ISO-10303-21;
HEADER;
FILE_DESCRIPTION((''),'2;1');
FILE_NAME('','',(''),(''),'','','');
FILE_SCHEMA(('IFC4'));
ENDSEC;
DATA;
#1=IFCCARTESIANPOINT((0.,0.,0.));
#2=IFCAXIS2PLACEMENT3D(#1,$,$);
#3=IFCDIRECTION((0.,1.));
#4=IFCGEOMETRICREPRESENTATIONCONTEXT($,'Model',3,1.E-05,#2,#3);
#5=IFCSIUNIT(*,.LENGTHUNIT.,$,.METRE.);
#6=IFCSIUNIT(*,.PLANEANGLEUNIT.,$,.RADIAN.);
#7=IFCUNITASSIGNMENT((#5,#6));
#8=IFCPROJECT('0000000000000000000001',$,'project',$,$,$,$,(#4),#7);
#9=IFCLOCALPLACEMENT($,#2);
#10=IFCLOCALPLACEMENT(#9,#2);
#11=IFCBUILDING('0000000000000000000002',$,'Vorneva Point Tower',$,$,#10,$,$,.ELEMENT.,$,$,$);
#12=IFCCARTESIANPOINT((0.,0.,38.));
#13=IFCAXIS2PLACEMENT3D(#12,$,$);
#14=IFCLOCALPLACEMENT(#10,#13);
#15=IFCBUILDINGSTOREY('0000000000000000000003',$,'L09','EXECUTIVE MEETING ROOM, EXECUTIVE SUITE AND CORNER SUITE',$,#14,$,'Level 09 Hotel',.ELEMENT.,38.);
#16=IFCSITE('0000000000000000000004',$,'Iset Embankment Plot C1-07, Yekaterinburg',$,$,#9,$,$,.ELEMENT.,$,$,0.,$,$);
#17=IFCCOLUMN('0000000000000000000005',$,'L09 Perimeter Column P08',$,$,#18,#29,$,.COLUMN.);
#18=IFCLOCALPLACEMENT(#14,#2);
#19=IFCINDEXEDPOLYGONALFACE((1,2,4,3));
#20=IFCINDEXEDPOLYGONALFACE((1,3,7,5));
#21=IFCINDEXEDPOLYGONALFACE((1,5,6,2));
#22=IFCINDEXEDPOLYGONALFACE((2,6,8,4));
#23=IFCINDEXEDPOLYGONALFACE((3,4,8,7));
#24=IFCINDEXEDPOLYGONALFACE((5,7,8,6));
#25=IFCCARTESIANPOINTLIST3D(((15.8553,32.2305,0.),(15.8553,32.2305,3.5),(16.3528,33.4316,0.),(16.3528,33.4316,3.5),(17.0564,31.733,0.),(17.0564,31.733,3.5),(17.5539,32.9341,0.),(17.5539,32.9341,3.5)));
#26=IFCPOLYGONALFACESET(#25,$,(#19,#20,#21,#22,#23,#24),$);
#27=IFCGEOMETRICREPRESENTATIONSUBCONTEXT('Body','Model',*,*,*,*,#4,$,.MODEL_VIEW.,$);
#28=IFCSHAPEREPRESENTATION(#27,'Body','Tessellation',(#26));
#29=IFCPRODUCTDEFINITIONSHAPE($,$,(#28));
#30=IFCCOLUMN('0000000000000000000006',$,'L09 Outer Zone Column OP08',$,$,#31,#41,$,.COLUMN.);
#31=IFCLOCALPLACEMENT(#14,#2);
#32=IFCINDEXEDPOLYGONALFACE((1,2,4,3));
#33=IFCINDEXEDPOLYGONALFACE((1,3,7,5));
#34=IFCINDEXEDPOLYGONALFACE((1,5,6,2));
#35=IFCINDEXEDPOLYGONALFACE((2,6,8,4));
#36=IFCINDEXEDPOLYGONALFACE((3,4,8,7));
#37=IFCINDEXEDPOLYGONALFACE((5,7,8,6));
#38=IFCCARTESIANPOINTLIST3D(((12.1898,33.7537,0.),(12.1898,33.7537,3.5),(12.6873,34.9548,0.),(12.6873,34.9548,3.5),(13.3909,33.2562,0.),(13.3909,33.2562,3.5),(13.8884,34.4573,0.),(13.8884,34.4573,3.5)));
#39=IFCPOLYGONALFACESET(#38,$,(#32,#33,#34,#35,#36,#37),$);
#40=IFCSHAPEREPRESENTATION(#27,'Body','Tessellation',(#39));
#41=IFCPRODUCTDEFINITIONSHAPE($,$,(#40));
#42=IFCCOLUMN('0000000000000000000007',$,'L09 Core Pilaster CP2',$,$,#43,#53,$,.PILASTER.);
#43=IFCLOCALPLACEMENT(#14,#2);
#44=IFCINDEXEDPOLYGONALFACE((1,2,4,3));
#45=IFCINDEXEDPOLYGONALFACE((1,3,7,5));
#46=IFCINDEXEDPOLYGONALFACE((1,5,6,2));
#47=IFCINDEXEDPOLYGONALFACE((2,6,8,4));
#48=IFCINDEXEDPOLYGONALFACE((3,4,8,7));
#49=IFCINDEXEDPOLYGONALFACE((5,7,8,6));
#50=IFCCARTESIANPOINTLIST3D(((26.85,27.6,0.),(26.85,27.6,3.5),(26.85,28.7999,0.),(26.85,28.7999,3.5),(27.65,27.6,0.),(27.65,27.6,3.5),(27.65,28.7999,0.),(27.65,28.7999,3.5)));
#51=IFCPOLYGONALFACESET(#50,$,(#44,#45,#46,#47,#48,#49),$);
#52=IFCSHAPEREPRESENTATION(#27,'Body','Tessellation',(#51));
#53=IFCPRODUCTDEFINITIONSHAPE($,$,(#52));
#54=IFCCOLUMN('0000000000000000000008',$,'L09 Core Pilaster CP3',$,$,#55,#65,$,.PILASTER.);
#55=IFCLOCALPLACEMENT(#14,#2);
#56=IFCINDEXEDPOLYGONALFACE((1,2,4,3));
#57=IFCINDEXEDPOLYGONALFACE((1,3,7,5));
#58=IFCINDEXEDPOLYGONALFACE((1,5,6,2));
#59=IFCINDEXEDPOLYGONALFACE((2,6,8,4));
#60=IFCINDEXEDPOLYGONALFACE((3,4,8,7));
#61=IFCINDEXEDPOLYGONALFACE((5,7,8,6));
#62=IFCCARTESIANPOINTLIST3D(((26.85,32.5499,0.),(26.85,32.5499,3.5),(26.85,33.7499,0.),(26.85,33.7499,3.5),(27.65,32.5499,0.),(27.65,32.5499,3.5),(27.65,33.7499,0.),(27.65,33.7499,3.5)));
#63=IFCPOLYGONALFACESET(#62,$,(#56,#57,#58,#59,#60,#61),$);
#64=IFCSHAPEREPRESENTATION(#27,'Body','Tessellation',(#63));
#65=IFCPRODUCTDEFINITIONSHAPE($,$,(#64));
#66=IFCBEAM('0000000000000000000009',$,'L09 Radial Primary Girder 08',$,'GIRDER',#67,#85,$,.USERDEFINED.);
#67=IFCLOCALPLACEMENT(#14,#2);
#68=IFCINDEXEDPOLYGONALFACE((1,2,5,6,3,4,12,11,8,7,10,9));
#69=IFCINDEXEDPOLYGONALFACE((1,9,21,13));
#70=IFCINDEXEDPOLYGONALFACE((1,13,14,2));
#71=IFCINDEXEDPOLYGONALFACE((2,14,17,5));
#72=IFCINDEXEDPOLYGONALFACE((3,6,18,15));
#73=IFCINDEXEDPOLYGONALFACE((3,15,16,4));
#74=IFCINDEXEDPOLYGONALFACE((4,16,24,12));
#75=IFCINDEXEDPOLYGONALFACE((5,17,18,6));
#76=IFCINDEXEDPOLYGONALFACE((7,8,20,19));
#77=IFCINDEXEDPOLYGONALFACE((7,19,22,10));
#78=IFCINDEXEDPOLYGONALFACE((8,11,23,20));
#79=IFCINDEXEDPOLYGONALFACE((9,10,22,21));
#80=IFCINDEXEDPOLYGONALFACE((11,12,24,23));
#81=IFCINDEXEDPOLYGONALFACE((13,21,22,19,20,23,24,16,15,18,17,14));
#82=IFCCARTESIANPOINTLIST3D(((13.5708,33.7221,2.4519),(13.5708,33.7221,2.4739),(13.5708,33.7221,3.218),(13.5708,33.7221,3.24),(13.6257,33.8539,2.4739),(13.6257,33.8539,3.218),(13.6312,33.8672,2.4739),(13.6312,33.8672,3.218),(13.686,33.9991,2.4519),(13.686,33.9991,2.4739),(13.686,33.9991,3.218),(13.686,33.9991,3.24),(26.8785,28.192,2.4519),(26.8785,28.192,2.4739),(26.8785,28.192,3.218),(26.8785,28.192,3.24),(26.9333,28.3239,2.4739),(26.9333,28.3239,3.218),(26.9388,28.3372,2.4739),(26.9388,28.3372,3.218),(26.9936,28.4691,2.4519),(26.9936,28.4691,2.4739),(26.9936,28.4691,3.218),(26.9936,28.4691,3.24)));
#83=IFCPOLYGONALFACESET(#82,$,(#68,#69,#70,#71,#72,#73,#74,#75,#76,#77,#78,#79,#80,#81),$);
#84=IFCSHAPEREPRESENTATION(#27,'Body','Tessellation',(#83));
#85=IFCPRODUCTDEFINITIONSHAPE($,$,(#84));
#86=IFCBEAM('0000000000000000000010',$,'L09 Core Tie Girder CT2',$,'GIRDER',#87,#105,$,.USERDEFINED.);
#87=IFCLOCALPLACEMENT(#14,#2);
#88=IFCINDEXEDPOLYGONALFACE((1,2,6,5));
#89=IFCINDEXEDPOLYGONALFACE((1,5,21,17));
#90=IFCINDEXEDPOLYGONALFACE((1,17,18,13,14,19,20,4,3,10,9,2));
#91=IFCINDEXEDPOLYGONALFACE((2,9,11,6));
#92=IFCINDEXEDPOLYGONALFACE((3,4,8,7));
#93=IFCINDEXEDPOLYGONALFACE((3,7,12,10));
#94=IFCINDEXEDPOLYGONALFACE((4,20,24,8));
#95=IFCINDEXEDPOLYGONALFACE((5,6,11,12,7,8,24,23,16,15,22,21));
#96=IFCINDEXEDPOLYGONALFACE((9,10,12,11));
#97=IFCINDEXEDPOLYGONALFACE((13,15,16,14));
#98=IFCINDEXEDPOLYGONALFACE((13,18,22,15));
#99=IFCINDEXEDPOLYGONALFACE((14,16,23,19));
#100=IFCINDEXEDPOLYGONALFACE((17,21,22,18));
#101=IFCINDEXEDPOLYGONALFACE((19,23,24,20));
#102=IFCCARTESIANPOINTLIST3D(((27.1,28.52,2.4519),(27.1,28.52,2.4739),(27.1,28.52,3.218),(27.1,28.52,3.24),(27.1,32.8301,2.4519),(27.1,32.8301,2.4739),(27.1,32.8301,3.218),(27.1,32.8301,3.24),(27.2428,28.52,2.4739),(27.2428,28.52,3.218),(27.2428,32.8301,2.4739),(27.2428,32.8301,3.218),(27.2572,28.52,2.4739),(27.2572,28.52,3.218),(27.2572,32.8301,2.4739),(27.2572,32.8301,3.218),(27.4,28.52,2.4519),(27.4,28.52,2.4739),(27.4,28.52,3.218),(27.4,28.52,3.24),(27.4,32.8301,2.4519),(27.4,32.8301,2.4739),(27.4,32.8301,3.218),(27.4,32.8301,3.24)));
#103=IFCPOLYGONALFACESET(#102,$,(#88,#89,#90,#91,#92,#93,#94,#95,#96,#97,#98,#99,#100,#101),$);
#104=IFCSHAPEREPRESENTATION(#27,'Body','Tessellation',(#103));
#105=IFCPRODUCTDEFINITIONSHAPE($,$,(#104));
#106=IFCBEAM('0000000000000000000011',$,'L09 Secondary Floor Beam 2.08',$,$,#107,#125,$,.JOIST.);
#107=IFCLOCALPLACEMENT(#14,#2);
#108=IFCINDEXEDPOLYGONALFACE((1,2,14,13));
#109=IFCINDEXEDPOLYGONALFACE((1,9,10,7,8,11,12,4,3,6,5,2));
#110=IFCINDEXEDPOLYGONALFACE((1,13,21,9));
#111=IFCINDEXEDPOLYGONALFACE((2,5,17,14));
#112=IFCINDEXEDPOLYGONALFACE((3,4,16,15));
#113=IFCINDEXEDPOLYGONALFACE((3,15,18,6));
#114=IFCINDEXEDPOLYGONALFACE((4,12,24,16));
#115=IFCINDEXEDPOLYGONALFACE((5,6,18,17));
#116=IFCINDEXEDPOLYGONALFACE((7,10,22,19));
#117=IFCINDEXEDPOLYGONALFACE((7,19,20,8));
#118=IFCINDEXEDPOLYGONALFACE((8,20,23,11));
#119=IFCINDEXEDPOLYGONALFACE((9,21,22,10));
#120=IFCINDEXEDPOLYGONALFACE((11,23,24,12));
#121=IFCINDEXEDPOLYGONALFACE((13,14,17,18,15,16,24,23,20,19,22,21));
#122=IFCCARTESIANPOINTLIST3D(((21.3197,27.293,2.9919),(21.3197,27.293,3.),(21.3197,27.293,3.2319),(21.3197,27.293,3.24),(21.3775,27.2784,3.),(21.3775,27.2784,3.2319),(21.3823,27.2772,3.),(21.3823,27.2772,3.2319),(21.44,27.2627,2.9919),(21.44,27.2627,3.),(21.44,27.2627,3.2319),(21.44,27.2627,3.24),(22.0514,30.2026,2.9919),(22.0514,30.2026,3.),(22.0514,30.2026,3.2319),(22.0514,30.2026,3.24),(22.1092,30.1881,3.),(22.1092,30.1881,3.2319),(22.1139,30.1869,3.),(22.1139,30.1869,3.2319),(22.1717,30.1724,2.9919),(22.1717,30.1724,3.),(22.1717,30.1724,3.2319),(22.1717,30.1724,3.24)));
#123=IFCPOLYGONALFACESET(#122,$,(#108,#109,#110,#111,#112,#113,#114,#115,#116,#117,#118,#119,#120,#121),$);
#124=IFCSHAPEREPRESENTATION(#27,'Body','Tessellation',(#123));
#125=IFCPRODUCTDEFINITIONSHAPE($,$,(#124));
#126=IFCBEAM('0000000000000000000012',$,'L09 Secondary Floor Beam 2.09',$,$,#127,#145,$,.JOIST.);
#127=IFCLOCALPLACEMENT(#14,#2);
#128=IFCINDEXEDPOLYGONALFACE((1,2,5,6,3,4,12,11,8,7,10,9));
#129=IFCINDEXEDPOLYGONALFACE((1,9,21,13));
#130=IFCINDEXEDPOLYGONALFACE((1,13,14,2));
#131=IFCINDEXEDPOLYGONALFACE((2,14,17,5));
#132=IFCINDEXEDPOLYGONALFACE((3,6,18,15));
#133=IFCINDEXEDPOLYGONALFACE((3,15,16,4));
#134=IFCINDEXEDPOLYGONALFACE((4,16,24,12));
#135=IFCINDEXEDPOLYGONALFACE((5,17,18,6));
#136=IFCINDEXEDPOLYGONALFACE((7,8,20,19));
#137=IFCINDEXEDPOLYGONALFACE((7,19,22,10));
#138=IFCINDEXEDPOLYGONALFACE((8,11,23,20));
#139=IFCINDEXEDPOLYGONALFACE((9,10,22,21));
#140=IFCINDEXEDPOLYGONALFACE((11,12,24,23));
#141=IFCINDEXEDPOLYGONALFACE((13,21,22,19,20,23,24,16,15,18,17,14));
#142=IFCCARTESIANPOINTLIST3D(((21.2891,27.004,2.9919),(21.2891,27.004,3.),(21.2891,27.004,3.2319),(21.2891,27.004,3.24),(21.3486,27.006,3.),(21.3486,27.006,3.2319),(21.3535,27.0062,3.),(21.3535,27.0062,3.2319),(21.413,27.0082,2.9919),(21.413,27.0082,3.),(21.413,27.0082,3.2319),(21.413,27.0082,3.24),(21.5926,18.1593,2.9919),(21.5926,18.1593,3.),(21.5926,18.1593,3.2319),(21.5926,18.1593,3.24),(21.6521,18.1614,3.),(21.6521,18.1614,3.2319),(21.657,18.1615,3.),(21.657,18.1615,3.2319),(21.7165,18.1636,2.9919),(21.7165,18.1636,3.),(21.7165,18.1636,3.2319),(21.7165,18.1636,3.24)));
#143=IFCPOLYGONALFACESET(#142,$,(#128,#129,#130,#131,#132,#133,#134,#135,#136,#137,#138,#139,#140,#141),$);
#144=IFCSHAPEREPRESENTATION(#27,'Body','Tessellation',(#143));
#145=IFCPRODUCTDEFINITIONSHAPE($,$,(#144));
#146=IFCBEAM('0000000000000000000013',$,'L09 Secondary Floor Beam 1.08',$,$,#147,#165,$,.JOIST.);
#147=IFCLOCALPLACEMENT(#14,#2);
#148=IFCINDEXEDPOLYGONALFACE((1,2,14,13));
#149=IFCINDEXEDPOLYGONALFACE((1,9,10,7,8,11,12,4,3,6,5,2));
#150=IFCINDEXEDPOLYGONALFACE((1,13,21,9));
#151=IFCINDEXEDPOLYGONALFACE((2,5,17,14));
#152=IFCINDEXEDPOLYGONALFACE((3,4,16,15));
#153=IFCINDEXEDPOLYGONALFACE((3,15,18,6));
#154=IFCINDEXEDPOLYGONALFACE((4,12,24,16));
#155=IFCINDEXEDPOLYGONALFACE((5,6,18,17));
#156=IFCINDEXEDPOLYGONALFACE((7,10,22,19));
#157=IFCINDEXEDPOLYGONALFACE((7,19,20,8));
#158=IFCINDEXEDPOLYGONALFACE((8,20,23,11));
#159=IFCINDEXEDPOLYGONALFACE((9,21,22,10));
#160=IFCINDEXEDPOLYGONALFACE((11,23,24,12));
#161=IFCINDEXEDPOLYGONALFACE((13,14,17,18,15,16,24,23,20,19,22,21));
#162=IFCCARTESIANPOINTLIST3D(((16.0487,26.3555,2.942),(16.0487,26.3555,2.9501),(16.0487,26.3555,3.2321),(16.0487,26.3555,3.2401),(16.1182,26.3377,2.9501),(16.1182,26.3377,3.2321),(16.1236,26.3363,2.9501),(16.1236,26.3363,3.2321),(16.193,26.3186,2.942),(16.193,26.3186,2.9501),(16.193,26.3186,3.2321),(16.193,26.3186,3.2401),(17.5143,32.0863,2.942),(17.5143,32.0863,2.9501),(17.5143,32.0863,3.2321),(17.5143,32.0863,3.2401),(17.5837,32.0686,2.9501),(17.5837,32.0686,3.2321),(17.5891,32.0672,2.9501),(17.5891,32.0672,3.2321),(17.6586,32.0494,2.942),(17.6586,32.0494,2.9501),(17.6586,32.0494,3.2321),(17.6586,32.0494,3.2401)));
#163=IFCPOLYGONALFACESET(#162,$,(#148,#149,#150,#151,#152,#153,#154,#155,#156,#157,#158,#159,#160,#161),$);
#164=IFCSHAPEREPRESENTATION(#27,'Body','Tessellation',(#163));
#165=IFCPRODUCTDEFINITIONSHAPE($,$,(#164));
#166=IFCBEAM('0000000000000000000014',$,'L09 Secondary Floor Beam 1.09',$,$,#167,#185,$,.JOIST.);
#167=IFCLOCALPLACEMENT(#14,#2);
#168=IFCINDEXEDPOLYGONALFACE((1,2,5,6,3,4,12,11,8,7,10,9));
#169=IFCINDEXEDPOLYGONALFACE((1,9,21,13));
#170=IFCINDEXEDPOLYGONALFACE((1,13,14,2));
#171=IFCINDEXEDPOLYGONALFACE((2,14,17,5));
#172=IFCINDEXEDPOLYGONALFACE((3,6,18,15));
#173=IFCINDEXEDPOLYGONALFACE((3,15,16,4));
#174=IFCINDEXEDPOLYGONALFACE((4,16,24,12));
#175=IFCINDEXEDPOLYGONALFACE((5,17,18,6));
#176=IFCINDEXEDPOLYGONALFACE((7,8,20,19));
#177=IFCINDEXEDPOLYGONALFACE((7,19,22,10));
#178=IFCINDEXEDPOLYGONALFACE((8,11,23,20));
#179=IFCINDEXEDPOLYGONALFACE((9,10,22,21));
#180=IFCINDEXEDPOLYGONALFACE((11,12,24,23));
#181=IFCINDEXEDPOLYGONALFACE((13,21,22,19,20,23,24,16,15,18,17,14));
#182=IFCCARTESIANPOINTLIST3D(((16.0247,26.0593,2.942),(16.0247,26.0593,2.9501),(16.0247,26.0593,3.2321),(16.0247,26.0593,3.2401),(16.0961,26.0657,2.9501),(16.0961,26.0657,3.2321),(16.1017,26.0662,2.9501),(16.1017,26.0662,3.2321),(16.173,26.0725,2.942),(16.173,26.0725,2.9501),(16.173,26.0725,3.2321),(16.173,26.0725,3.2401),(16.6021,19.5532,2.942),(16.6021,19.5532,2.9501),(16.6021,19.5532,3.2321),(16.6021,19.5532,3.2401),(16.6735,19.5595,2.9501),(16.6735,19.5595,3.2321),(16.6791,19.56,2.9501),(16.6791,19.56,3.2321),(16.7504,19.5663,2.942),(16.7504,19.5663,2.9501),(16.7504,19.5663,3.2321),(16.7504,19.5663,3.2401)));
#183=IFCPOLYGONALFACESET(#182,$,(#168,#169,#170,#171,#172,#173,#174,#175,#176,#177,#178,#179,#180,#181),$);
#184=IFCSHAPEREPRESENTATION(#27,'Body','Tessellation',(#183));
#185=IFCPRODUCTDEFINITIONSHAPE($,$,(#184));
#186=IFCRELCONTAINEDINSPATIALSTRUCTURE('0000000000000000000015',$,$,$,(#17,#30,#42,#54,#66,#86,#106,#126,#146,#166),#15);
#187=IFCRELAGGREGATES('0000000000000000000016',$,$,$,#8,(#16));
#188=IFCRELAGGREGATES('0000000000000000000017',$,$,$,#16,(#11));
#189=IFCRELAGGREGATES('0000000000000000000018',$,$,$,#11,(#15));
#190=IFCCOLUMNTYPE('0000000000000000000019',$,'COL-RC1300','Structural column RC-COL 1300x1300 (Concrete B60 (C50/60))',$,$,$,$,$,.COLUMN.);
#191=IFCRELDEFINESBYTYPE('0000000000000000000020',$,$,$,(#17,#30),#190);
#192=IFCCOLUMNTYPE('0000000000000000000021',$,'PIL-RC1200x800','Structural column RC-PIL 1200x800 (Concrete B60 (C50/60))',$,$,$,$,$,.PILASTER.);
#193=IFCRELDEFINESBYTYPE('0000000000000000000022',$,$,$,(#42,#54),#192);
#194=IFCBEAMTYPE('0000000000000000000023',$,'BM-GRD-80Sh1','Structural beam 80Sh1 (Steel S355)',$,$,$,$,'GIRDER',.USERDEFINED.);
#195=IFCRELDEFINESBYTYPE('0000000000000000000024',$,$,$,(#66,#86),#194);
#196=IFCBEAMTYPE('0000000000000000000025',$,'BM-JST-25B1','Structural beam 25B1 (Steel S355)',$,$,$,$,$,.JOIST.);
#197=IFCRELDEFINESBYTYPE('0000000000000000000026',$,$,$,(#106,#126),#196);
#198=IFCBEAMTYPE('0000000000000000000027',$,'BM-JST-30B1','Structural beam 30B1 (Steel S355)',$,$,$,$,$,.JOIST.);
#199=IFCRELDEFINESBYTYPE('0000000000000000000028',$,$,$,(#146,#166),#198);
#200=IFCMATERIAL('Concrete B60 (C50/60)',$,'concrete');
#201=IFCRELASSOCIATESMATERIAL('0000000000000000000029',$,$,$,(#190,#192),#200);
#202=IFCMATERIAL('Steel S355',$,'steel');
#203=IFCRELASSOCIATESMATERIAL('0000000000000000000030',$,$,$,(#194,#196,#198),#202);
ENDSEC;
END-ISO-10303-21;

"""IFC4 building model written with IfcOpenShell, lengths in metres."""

from ifc_helpers import new_model, si_unit, direction, frame, origin, origin_2d, place, context, subcontext, project, spatial, rectangle, i_section, extrude, material, material_profile, profile_set, type_object, element, save


model = new_model("IFC4")

# Units and contexts
model_context = context("Model", 3, precision=1e-05, world=origin(), true_north=direction((0.0, 1.0)))
body_context = subcontext(model_context, "Body", "Model", "MODEL_VIEW")
ifc_project = project(units=[si_unit("LENGTHUNIT", "METRE"), si_unit("PLANEANGLEUNIT", "RADIAN")], contexts=[model_context])

# Site, building, storey
site_placement = place(None, origin())
site = spatial("IfcSite", under=ifc_project, at=site_placement, Name="Iset Embankment Plot C1-07, Yekaterinburg", CompositionType="ELEMENT", RefElevation=0.0)
building_placement = place(site_placement, origin())
building = spatial("IfcBuilding", under=site, at=building_placement, Name="Vorneva Point Tower", CompositionType="ELEMENT")
storey_placement = place(building_placement, frame((0.0, 0.0, 38.0)))
storey = spatial("IfcBuildingStorey", under=building, at=storey_placement, Name="L09", Description="EXECUTIVE MEETING ROOM, EXECUTIVE SUITE AND CORNER SUITE", LongName="Level 09 Hotel", CompositionType="ELEMENT", Elevation=38.0)

# Columns
ifc_material_1 = material(Name="Concrete B60 (C50/60)", Category="concrete")
ifc_material_profile_1 = material_profile(ifc_material_1, rectangle(XDim=1.3, YDim=1.3, at=origin_2d()), Name="RC-COL 1300x1300")
ifc_profile_set_1 = profile_set([ifc_material_profile_1], Name="Concrete B60 (C50/60)")
column_type_1 = type_object("IfcColumnType", Name="COL-RC1300", Description="Structural column RC-COL 1300x1300 (Concrete B60 (C50/60))", PredefinedType="COLUMN", material=ifc_profile_set_1)
for number, where, z_axis, x_axis, name in (
    (1, (16.7046, 32.5823, 0.0), (0.0, 0.0, 1.0), (-0.92388, 0.382683, 0.0), "L09 Perimeter Column P08"),
    (2, (13.0391, 34.1055, 0.0), (0.0, 0.0, 1.0), (-0.92388, 0.382683, 0.0), "L09 Outer Zone Column OP08"),
):
    element("IfcColumn", number, at=place(storey_placement, frame(where, z_axis=z_axis, x_axis=x_axis)), inside=storey, type_object=column_type_1, Name=name, PredefinedType="COLUMN", context=body_context, shape_type="SweptSolid", body=[
        extrude(rectangle(XDim=1.3, YDim=1.3, at=origin_2d()), origin(), (0.0, 0.0, 1.0), 3.5),
    ])
ifc_material_profile_2 = material_profile(ifc_material_1, rectangle(XDim=0.8, YDim=1.2, at=origin_2d()), Name="RC-PIL 1200x800")
ifc_profile_set_2 = profile_set([ifc_material_profile_2], Name="Concrete B60 (C50/60)")
column_type_2 = type_object("IfcColumnType", Name="PIL-RC1200x800", Description="Structural column RC-PIL 1200x800 (Concrete B60 (C50/60))", PredefinedType="PILASTER", material=ifc_profile_set_2)
for number, where, z_axis, x_axis, name in (
    (3, (27.25, 28.2, 0.0), (0.0, 0.0, 1.0), (1.0, 0.0, 0.0), "L09 Core Pilaster CP2"),
    (4, (27.25, 33.1499, 0.0), (0.0, 0.0, 1.0), (1.0, 0.0, 0.0), "L09 Core Pilaster CP3"),
):
    element("IfcColumn", number, at=place(storey_placement, frame(where, z_axis=z_axis, x_axis=x_axis)), inside=storey, type_object=column_type_2, Name=name, PredefinedType="PILASTER", context=body_context, shape_type="SweptSolid", body=[
        extrude(rectangle(XDim=0.8, YDim=1.2, at=origin_2d()), origin(), (0.0, 0.0, 1.0), 3.5),
    ])

# Beams
ifc_material_2 = material(Name="Steel S355", Category="steel")
ifc_material_profile_3 = material_profile(ifc_material_2, i_section(OverallWidth=0.3, OverallDepth=0.7881, WebThickness=0.0144, FlangeThickness=0.022, at=origin_2d()), Name="80Sh1")
ifc_profile_set_3 = profile_set([ifc_material_profile_3], Name="Steel S355")
beam_type_1 = type_object("IfcBeamType", Name="BM-GRD-80Sh1", Description="Structural beam 80Sh1 (Steel S355)", ElementType="GIRDER", PredefinedType="USERDEFINED", material=ifc_profile_set_3)
beam_1_placement = place(storey_placement, frame((13.6284, 33.8606, 2.8459), z_axis=(0.923441, -0.383739, 0.0), x_axis=(0.383739, 0.923441, 0.0)))
element("IfcBeam", 5, at=beam_1_placement, inside=storey, type_object=beam_type_1, Name="L09 Radial Primary Girder 08", ObjectType="GIRDER", PredefinedType="USERDEFINED", context=body_context, shape_type="SweptSolid", body=[
    extrude(i_section(OverallWidth=0.3, OverallDepth=0.7881, WebThickness=0.0144, FlangeThickness=0.022, at=origin_2d()), origin(), (0.0, 0.0, 1.0), 14.4109),
])
beam_2_placement = place(storey_placement, frame((27.25, 28.52, 2.8459), z_axis=(0.0, 1.0, 0.0), x_axis=(-1.0, 0.0, 0.0)))
element("IfcBeam", 6, at=beam_2_placement, inside=storey, type_object=beam_type_1, Name="L09 Core Tie Girder CT2", ObjectType="GIRDER", PredefinedType="USERDEFINED", context=body_context, shape_type="SweptSolid", body=[
    extrude(i_section(OverallWidth=0.3, OverallDepth=0.7881, WebThickness=0.0144, FlangeThickness=0.022, at=origin_2d()), origin(), (0.0, 0.0, 1.0), 4.3101),
])
ifc_material_profile_4 = material_profile(ifc_material_2, i_section(OverallWidth=0.124, OverallDepth=0.248, WebThickness=0.0049, FlangeThickness=0.0081, at=origin_2d()), Name="25B1")
ifc_profile_set_4 = profile_set([ifc_material_profile_4], Name="Steel S355")
beam_type_2 = type_object("IfcBeamType", Name="BM-JST-25B1", Description="Structural beam 25B1 (Steel S355)", PredefinedType="JOIST", material=ifc_profile_set_4)
beam_3_placement = place(storey_placement, frame((22.1116, 30.1875, 3.116), z_axis=(-0.243876, -0.969807, 0.0), x_axis=(0.969807, -0.243876, 0.0)))
element("IfcBeam", 7, at=beam_3_placement, inside=storey, type_object=beam_type_2, Name="L09 Secondary Floor Beam 2.08", PredefinedType="JOIST", context=body_context, shape_type="SweptSolid", body=[
    extrude(i_section(OverallWidth=0.124, OverallDepth=0.248, WebThickness=0.0049, FlangeThickness=0.0081, at=origin_2d()), origin(), (0.0, 0.0, 1.0), 3.0002),
])
beam_4_placement = place(storey_placement, frame((21.3511, 27.0061, 3.116), z_axis=(0.03429, -0.999412, 0.0), x_axis=(0.999412, 0.03429, 0.0)))
element("IfcBeam", 8, at=beam_4_placement, inside=storey, type_object=beam_type_2, Name="L09 Secondary Floor Beam 2.09", PredefinedType="JOIST", context=body_context, shape_type="SweptSolid", body=[
    extrude(i_section(OverallWidth=0.124, OverallDepth=0.248, WebThickness=0.0049, FlangeThickness=0.0081, at=origin_2d()), origin(), (0.0, 0.0, 1.0), 8.8499),
])
ifc_material_profile_5 = material_profile(ifc_material_2, i_section(OverallWidth=0.1489, OverallDepth=0.2981, WebThickness=0.0056, FlangeThickness=0.0081, at=origin_2d()), Name="30B1")
ifc_profile_set_5 = profile_set([ifc_material_profile_5], Name="Steel S355")
beam_type_3 = type_object("IfcBeamType", Name="BM-JST-30B1", Description="Structural beam 30B1 (Steel S355)", PredefinedType="JOIST", material=ifc_profile_set_5)
beam_5_placement = place(storey_placement, frame((17.5864, 32.0679, 3.0911), z_axis=(-0.247757, -0.968822, 0.0), x_axis=(0.968822, -0.247757, 0.0)))
element("IfcBeam", 9, at=beam_5_placement, inside=storey, type_object=beam_type_3, Name="L09 Secondary Floor Beam 1.08", PredefinedType="JOIST", context=body_context, shape_type="SweptSolid", body=[
    extrude(i_section(OverallWidth=0.1489, OverallDepth=0.2981, WebThickness=0.0056, FlangeThickness=0.0081, at=origin_2d()), origin(), (0.0, 0.0, 1.0), 5.9153),
])
beam_6_placement = place(storey_placement, frame((16.0989, 26.0659, 3.0911), z_axis=(0.088399, -0.996085, 0.0), x_axis=(0.996085, 0.088399, 0.0)))
element("IfcBeam", 10, at=beam_6_placement, inside=storey, type_object=beam_type_3, Name="L09 Secondary Floor Beam 1.09", PredefinedType="JOIST", context=body_context, shape_type="SweptSolid", body=[
    extrude(i_section(OverallWidth=0.1489, OverallDepth=0.2981, WebThickness=0.0056, FlangeThickness=0.0081, at=origin_2d()), origin(), (0.0, 0.0, 1.0), 6.5317),
])

save(model, "model.ifc")
